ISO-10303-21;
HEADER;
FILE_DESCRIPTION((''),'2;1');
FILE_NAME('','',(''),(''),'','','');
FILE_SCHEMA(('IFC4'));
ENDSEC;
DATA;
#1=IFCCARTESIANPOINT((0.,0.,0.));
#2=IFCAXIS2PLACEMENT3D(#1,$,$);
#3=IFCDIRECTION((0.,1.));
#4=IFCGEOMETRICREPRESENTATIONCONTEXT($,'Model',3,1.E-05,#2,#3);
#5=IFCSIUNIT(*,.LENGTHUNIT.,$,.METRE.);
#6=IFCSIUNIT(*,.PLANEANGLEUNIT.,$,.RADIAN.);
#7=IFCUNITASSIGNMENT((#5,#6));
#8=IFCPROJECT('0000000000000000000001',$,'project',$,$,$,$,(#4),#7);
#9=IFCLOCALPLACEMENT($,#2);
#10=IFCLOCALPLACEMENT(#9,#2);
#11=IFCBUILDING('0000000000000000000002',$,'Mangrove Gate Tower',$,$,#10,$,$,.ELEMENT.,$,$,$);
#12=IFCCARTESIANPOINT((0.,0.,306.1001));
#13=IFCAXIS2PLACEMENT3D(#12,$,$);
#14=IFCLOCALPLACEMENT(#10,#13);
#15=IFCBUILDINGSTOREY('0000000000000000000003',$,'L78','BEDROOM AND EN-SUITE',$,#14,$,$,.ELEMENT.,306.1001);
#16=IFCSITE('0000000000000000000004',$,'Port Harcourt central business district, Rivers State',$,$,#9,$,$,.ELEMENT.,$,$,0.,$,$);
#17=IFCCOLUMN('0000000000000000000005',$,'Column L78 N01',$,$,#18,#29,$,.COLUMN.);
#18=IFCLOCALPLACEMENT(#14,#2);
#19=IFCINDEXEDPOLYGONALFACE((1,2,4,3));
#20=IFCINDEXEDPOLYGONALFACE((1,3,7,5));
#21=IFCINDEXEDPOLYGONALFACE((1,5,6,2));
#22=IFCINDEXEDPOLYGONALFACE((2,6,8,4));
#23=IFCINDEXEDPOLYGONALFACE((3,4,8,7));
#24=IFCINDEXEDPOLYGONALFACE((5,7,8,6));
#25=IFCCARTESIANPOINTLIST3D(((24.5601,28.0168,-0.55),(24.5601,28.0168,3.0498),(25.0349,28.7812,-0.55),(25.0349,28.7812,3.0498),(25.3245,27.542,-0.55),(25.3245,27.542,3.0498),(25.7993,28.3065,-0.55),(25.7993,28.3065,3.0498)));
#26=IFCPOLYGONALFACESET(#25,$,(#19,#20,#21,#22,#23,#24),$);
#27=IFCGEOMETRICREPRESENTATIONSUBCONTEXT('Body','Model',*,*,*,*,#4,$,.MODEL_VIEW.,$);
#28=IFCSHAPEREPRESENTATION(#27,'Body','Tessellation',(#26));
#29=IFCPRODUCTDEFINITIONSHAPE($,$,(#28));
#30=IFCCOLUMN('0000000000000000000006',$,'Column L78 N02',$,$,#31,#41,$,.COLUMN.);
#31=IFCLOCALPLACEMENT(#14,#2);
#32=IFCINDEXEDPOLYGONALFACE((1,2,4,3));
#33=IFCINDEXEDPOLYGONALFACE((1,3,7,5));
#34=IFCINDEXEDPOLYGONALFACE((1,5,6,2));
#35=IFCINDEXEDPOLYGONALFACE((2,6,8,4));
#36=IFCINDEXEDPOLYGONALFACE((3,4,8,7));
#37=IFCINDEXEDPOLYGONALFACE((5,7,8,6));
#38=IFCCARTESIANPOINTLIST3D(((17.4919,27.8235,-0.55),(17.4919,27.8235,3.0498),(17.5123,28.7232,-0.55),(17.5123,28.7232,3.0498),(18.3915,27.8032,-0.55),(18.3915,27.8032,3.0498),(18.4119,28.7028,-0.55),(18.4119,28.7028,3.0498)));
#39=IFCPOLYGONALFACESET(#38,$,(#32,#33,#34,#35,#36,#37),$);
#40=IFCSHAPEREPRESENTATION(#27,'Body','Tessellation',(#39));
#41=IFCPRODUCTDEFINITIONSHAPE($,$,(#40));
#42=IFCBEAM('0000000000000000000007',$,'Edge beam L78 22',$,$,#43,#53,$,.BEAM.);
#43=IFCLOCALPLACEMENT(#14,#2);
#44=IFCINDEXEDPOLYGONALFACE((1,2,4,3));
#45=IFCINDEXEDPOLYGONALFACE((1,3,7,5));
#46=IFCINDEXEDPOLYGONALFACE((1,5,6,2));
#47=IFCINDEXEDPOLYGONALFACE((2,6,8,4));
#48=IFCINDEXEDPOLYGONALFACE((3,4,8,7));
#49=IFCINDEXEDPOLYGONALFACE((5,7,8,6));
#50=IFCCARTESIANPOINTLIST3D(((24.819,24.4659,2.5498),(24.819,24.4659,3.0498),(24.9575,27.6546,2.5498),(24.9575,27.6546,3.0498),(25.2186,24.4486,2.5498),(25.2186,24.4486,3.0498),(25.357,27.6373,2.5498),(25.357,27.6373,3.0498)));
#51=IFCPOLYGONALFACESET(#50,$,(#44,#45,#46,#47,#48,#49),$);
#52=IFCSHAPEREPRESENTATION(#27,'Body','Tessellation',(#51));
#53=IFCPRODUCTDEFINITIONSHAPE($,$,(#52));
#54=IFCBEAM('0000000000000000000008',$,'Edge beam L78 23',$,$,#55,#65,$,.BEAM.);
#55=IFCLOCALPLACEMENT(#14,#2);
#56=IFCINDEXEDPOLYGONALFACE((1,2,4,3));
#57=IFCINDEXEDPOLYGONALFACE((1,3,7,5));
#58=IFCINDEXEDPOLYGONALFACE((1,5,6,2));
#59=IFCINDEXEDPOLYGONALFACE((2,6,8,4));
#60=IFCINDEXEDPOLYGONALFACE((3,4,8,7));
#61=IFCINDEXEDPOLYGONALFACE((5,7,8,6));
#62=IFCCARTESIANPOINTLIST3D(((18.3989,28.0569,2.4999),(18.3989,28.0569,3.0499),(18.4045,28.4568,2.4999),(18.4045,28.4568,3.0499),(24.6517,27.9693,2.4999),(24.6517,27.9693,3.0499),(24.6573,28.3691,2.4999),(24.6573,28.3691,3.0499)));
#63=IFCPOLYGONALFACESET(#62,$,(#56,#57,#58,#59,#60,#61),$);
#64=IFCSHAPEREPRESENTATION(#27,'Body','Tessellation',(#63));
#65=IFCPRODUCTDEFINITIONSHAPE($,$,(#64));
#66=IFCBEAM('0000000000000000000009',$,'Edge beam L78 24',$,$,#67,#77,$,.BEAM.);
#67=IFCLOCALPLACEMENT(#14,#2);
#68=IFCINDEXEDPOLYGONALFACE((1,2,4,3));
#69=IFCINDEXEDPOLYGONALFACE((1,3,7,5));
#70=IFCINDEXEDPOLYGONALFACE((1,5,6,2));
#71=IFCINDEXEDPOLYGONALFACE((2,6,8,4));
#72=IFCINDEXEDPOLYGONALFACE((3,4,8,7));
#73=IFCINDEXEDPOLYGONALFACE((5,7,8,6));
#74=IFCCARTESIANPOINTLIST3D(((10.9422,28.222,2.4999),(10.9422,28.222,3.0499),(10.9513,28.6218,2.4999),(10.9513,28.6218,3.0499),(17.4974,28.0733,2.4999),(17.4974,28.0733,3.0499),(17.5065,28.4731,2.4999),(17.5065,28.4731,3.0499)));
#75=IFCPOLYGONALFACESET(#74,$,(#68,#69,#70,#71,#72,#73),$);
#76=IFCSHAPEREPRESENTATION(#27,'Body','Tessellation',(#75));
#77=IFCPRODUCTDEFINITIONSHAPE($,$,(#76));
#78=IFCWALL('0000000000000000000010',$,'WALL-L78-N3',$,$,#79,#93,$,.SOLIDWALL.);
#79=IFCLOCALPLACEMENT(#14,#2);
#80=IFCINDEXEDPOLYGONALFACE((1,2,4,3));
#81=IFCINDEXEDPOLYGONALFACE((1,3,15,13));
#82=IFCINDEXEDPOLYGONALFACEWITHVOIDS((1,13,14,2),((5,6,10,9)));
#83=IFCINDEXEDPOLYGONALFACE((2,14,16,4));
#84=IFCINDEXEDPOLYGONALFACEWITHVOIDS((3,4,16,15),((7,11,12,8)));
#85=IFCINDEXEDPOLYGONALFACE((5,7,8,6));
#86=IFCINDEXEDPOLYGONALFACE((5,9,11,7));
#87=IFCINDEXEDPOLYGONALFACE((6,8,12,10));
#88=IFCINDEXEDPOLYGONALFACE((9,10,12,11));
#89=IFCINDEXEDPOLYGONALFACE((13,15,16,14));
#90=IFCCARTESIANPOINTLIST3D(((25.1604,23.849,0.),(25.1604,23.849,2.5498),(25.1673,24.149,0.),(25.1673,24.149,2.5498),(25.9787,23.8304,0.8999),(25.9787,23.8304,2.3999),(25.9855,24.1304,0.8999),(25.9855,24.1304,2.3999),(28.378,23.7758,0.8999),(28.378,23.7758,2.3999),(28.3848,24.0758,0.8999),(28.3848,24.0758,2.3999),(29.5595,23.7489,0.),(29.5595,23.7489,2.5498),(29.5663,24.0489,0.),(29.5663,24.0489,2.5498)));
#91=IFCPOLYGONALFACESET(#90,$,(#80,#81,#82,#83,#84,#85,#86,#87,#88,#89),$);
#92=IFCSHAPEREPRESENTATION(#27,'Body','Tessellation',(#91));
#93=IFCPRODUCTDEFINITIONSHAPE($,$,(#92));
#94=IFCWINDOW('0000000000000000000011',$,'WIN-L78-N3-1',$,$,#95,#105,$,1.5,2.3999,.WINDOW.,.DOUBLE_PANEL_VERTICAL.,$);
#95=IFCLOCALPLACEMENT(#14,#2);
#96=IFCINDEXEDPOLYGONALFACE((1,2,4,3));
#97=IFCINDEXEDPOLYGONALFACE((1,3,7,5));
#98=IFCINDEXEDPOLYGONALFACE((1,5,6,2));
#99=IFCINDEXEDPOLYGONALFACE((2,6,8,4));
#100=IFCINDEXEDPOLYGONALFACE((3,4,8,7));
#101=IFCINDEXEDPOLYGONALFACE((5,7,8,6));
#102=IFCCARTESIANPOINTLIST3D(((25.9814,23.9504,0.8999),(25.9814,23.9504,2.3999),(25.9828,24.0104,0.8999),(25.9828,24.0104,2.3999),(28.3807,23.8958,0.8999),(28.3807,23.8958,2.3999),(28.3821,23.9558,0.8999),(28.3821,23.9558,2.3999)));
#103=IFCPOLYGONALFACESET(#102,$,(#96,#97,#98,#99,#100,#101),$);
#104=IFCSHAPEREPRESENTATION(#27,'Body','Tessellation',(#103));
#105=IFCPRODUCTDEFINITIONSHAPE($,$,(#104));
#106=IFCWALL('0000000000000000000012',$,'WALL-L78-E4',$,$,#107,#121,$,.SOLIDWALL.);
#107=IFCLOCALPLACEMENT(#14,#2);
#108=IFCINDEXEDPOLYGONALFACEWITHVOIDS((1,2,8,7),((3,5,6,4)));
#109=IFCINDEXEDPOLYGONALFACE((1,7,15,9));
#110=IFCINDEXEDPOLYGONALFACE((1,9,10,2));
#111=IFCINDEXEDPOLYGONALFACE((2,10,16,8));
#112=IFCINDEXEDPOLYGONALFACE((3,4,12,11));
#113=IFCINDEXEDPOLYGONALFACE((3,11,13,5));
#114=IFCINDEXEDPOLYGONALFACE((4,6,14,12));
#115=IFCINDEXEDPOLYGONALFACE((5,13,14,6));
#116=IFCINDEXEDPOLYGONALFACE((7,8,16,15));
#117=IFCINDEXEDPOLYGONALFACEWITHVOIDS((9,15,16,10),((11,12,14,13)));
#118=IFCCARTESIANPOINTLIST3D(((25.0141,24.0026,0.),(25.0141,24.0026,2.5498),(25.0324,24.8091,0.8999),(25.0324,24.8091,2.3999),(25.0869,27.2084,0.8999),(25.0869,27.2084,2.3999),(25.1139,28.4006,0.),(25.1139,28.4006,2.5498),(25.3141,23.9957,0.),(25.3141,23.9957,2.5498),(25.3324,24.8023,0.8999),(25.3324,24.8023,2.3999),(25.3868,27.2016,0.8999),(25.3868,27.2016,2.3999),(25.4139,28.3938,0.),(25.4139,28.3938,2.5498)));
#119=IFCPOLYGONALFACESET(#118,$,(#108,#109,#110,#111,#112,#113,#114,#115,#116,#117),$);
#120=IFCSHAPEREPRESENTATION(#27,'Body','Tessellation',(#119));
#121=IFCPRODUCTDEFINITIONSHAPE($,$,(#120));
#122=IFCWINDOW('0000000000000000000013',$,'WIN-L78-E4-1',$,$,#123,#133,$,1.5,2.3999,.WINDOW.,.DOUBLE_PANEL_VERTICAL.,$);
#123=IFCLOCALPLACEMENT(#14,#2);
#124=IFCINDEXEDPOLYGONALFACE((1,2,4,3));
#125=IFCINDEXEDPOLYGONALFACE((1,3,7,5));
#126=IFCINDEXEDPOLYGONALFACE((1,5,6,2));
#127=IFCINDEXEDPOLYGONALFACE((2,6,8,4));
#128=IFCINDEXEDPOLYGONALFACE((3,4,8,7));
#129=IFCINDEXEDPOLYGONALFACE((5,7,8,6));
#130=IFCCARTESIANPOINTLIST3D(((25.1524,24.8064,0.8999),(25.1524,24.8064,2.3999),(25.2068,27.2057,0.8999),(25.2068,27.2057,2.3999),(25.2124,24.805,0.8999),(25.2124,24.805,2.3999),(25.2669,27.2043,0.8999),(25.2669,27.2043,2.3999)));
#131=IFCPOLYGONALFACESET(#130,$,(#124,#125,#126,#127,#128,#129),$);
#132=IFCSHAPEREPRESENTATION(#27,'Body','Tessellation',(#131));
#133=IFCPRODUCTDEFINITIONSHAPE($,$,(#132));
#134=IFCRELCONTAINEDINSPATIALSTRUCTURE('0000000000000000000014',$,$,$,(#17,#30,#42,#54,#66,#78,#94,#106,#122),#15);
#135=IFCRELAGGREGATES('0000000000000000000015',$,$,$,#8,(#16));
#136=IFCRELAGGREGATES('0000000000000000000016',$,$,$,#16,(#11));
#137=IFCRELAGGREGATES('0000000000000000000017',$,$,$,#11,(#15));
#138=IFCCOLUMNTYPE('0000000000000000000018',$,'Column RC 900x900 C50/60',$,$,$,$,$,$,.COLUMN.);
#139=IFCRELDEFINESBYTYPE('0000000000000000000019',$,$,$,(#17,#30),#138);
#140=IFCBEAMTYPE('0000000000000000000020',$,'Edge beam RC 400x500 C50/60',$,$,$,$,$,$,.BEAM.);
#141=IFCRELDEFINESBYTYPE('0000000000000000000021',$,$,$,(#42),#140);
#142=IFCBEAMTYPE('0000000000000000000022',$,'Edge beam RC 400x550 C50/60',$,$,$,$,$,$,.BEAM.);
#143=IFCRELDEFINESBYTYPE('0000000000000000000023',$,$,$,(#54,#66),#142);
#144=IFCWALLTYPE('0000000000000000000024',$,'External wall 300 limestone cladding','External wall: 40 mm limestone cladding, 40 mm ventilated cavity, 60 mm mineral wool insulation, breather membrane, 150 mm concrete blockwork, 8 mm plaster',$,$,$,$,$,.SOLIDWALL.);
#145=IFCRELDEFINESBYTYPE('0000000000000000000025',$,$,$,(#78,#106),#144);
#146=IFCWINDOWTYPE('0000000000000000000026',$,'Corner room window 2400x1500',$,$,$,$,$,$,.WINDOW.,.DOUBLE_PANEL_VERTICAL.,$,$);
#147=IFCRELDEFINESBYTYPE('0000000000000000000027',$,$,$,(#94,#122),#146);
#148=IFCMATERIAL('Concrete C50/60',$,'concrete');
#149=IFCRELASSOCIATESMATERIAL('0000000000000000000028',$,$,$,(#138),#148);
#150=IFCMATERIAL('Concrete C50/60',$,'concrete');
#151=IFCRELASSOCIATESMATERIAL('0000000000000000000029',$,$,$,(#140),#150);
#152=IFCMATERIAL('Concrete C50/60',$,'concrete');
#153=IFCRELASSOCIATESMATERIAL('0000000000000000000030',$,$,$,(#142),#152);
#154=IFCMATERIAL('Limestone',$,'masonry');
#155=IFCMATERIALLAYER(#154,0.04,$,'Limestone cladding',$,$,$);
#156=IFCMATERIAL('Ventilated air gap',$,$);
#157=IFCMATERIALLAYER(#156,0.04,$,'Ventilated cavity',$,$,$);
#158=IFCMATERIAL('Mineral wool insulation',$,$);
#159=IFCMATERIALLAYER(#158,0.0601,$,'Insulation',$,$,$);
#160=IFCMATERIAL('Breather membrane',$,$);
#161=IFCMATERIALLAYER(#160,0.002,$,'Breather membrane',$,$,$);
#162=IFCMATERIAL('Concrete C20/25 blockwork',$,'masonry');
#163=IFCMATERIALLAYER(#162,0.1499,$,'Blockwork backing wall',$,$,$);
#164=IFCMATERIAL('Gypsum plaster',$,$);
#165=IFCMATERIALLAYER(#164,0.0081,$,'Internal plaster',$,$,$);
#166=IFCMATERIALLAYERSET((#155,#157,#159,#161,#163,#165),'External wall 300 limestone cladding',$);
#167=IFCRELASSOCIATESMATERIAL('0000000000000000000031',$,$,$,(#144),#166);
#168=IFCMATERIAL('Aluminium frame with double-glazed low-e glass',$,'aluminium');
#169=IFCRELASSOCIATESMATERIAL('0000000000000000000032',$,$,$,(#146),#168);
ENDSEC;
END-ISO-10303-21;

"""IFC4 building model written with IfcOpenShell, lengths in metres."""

from ifc_helpers import new_model, si_unit, direction, frame, frame_2d, origin, origin_2d, place, context, subcontext, project, spatial, rectangle, extrude, material, layer, layer_set, material_profile, profile_set, type_object, element, fill, save


model = new_model("IFC4")

# Units and contexts
model_context = context("Model", 3, precision=1e-05, world=origin(), true_north=direction((0.0, 1.0)))
body_context = subcontext(model_context, "Body", "Model", "MODEL_VIEW")
ifc_project = project(units=[si_unit("LENGTHUNIT", "METRE"), si_unit("PLANEANGLEUNIT", "RADIAN")], contexts=[model_context])

# Site, building, storey
site_placement = place(None, origin())
site = spatial("IfcSite", under=ifc_project, at=site_placement, Name="Port Harcourt central business district, Rivers State", CompositionType="ELEMENT", RefElevation=0.0)
building_placement = place(site_placement, origin())
building = spatial("IfcBuilding", under=site, at=building_placement, Name="Mangrove Gate Tower", CompositionType="ELEMENT")
storey_placement = place(building_placement, frame((0.0, 0.0, 306.1001)))
storey = spatial("IfcBuildingStorey", under=building, at=storey_placement, Name="L78", Description="BEDROOM AND EN-SUITE", CompositionType="ELEMENT", Elevation=306.1001)

# Columns
ifc_material_1 = material(Name="Concrete C50/60", Category="concrete")
ifc_material_profile_1 = material_profile(ifc_material_1, rectangle(XDim=0.8999, YDim=0.8999, at=origin_2d()))
ifc_profile_set_1 = profile_set([ifc_material_profile_1], Name="Concrete C50/60")
column_type = type_object("IfcColumnType", Name="Column RC 900x900 C50/60", PredefinedType="COLUMN", material=ifc_profile_set_1)
for number, where, z_axis, x_axis, name in (
    (1, (25.1797, 28.1616, -0.55), (0.0, 0.0, 1.0), (-0.849494, 0.527599, 0.0), "Column L78 N01"),
    (2, (17.9519, 28.2632, -0.55), (0.0, 0.0, 1.0), (-0.999743, 0.022664, 0.0), "Column L78 N02"),
):
    element("IfcColumn", number, at=place(storey_placement, frame(where, z_axis=z_axis, x_axis=x_axis)), inside=storey, type_object=column_type, Name=name, PredefinedType="COLUMN", context=body_context, shape_type="SweptSolid", body=[
        extrude(rectangle(XDim=0.8999, YDim=0.8999, at=origin_2d()), origin(), (0.0, 0.0, 1.0), 3.5999),
    ])

# Beams
ifc_material_2 = material(Name="Concrete C50/60", Category="concrete")
ifc_material_profile_2 = material_profile(ifc_material_2, rectangle(XDim=0.3999, YDim=0.5, at=origin_2d()))
ifc_profile_set_2 = profile_set([ifc_material_profile_2], Name="Concrete C50/60")
beam_type_1 = type_object("IfcBeamType", Name="Edge beam RC 400x500 C50/60", PredefinedType="BEAM", material=ifc_profile_set_2)
beam_1_placement = place(storey_placement, frame((25.0188, 24.4573, 2.7998), z_axis=(0.043371, 0.999059, 0.0), x_axis=(-0.999059, 0.043371, 0.0)))
element("IfcBeam", 3, at=beam_1_placement, inside=storey, type_object=beam_type_1, Name="Edge beam L78 22", PredefinedType="BEAM", context=body_context, shape_type="SweptSolid", body=[
    extrude(rectangle(XDim=0.3999, YDim=0.5, at=origin_2d()), origin(), (0.0, 0.0, 1.0), 3.1917),
])
ifc_material_3 = material(Name="Concrete C50/60", Category="concrete")
ifc_material_profile_3 = material_profile(ifc_material_3, rectangle(XDim=0.3999, YDim=0.55, at=origin_2d()))
ifc_profile_set_3 = profile_set([ifc_material_profile_3], Name="Concrete C50/60")
beam_type_2 = type_object("IfcBeamType", Name="Edge beam RC 400x550 C50/60", PredefinedType="BEAM", material=ifc_profile_set_3)
beam_2_placement = place(storey_placement, frame((24.6545, 28.1692, 2.7749), z_axis=(-0.999902, 0.014016, 0.0), x_axis=(-0.014016, -0.999902, 0.0)))
element("IfcBeam", 4, at=beam_2_placement, inside=storey, type_object=beam_type_2, Name="Edge beam L78 23", PredefinedType="BEAM", context=body_context, shape_type="SweptSolid", body=[
    extrude(rectangle(XDim=0.3999, YDim=0.55, at=origin_2d()), origin(), (0.0, 0.0, 1.0), 6.2534),
])
beam_3_placement = place(storey_placement, frame((17.502, 28.2732, 2.7749), z_axis=(-0.999743, 0.022676, 0.0), x_axis=(-0.022676, -0.999743, 0.0)))
element("IfcBeam", 5, at=beam_3_placement, inside=storey, type_object=beam_type_2, Name="Edge beam L78 24", PredefinedType="BEAM", context=body_context, shape_type="SweptSolid", body=[
    extrude(rectangle(XDim=0.3999, YDim=0.55, at=origin_2d()), origin(), (0.0, 0.0, 1.0), 6.5569),
])

# Walls, openings, windows
ifc_material_4 = material(Name="Limestone", Category="masonry")
ifc_layer_1 = layer(ifc_material_4, 0.04, Name="Limestone cladding")
ifc_material_5 = material(Name="Ventilated air gap")
ifc_layer_2 = layer(ifc_material_5, 0.04, Name="Ventilated cavity")
ifc_material_6 = material(Name="Mineral wool insulation")
ifc_layer_3 = layer(ifc_material_6, 0.0601, Name="Insulation")
ifc_material_7 = material(Name="Breather membrane")
ifc_layer_4 = layer(ifc_material_7, 0.002, Name="Breather membrane")
ifc_material_8 = material(Name="Concrete C20/25 blockwork", Category="masonry")
ifc_layer_5 = layer(ifc_material_8, 0.1499, Name="Blockwork backing wall")
ifc_material_9 = material(Name="Gypsum plaster")
ifc_layer_6 = layer(ifc_material_9, 0.0081, Name="Internal plaster")
ifc_layer_set = layer_set([ifc_layer_1, ifc_layer_2, ifc_layer_3, ifc_layer_4, ifc_layer_5, ifc_layer_6], Name="External wall 300 limestone cladding")
wall_type = type_object("IfcWallType", Name="External wall 300 limestone cladding", Description="External wall: 40 mm limestone cladding, 40 mm ventilated cavity, 60 mm mineral wool insulation, breather membrane, 150 mm concrete blockwork, 8 mm plaster", PredefinedType="SOLIDWALL", material=ifc_layer_set)
wall_1_placement = place(storey_placement, frame((29.563, 23.8989, 0.0), z_axis=(0.0, 0.0, 1.0), x_axis=(-0.999741, 0.022749, 0.0)))
wall_1 = element("IfcWall", 6, at=wall_1_placement, inside=storey, type_object=wall_type, Name="WALL-L78-N3", PredefinedType="SOLIDWALL", context=body_context, shape_type="SweptSolid", body=[
    extrude(rectangle(XDim=4.4001, YDim=0.3, at=frame_2d((2.2002, 0.0))), origin(), (0.0, 0.0, 1.0), 2.5498),
])
opening_1_placement = place(wall_1_placement, frame((1.1819, 0.0, 0.8999)))
opening_1 = element("IfcOpeningElement", 7, at=opening_1_placement, cuts=wall_1, PredefinedType="OPENING", context=body_context, shape_type="SweptSolid", body=[
    extrude(rectangle(XDim=2.3999, YDim=1.5, at=frame_2d((1.2, 0.75))), frame((0.0, 0.1599, 0.0), z_axis=(0.0, -1.0, 0.0), x_axis=(1.0, 0.0, 0.0)), (0.0, 0.0, 1.0), 0.3201),
])
ifc_material_10 = material(Name="Aluminium frame with double-glazed low-e glass", Category="aluminium")
window_type = type_object("IfcWindowType", Name="Corner room window 2400x1500", PartitioningType="DOUBLE_PANEL_VERTICAL", PredefinedType="WINDOW", material=ifc_material_10)
window_1_placement = place(opening_1_placement, origin())
window_1 = element("IfcWindow", 8, at=window_1_placement, inside=storey, type_object=window_type, Name="WIN-L78-N3-1", OverallHeight=1.5, OverallWidth=2.3999, PartitioningType="DOUBLE_PANEL_VERTICAL", PredefinedType="WINDOW", context=body_context, shape_type="SweptSolid", body=[
    extrude(rectangle(XDim=2.3999, YDim=1.5, at=frame_2d((1.2, 0.75))), frame((0.0, 0.03, 0.0), z_axis=(0.0, -1.0, 0.0), x_axis=(1.0, 0.0, 0.0)), (0.0, 0.0, 1.0), 0.0601),
])
fill(opening_1, window_1)
wall_2_placement = place(storey_placement, frame((25.1641, 23.999, 0.0), z_axis=(0.0, 0.0, 1.0), x_axis=(0.022699, 0.999742, 0.0)))
wall_2 = element("IfcWall", 9, at=wall_2_placement, inside=storey, type_object=wall_type, Name="WALL-L78-E4", PredefinedType="SOLIDWALL", context=body_context, shape_type="SweptSolid", body=[
    extrude(rectangle(XDim=4.3992, YDim=0.3, at=frame_2d((2.1997, 0.0))), origin(), (0.0, 0.0, 1.0), 2.5498),
])
opening_2_placement = place(wall_2_placement, frame((0.8069, 0.0, 0.8999)))
opening_2 = element("IfcOpeningElement", 10, at=opening_2_placement, cuts=wall_2, PredefinedType="OPENING", context=body_context, shape_type="SweptSolid", body=[
    extrude(rectangle(XDim=2.3999, YDim=1.5, at=frame_2d((1.2, 0.75))), frame((0.0, 0.1599, 0.0), z_axis=(0.0, -1.0, 0.0), x_axis=(1.0, 0.0, 0.0)), (0.0, 0.0, 1.0), 0.3201),
])
window_2_placement = place(opening_2_placement, origin())
window_2 = element("IfcWindow", 11, at=window_2_placement, inside=storey, type_object=window_type, Name="WIN-L78-E4-1", OverallHeight=1.5, OverallWidth=2.3999, PartitioningType="DOUBLE_PANEL_VERTICAL", PredefinedType="WINDOW", context=body_context, shape_type="SweptSolid", body=[
    extrude(rectangle(XDim=2.3999, YDim=1.5, at=frame_2d((1.2, 0.75))), frame((0.0, 0.03, 0.0), z_axis=(0.0, -1.0, 0.0), x_axis=(1.0, 0.0, 0.0)), (0.0, 0.0, 1.0), 0.0601),
])
fill(opening_2, window_2)

save(model, "model.ifc")
